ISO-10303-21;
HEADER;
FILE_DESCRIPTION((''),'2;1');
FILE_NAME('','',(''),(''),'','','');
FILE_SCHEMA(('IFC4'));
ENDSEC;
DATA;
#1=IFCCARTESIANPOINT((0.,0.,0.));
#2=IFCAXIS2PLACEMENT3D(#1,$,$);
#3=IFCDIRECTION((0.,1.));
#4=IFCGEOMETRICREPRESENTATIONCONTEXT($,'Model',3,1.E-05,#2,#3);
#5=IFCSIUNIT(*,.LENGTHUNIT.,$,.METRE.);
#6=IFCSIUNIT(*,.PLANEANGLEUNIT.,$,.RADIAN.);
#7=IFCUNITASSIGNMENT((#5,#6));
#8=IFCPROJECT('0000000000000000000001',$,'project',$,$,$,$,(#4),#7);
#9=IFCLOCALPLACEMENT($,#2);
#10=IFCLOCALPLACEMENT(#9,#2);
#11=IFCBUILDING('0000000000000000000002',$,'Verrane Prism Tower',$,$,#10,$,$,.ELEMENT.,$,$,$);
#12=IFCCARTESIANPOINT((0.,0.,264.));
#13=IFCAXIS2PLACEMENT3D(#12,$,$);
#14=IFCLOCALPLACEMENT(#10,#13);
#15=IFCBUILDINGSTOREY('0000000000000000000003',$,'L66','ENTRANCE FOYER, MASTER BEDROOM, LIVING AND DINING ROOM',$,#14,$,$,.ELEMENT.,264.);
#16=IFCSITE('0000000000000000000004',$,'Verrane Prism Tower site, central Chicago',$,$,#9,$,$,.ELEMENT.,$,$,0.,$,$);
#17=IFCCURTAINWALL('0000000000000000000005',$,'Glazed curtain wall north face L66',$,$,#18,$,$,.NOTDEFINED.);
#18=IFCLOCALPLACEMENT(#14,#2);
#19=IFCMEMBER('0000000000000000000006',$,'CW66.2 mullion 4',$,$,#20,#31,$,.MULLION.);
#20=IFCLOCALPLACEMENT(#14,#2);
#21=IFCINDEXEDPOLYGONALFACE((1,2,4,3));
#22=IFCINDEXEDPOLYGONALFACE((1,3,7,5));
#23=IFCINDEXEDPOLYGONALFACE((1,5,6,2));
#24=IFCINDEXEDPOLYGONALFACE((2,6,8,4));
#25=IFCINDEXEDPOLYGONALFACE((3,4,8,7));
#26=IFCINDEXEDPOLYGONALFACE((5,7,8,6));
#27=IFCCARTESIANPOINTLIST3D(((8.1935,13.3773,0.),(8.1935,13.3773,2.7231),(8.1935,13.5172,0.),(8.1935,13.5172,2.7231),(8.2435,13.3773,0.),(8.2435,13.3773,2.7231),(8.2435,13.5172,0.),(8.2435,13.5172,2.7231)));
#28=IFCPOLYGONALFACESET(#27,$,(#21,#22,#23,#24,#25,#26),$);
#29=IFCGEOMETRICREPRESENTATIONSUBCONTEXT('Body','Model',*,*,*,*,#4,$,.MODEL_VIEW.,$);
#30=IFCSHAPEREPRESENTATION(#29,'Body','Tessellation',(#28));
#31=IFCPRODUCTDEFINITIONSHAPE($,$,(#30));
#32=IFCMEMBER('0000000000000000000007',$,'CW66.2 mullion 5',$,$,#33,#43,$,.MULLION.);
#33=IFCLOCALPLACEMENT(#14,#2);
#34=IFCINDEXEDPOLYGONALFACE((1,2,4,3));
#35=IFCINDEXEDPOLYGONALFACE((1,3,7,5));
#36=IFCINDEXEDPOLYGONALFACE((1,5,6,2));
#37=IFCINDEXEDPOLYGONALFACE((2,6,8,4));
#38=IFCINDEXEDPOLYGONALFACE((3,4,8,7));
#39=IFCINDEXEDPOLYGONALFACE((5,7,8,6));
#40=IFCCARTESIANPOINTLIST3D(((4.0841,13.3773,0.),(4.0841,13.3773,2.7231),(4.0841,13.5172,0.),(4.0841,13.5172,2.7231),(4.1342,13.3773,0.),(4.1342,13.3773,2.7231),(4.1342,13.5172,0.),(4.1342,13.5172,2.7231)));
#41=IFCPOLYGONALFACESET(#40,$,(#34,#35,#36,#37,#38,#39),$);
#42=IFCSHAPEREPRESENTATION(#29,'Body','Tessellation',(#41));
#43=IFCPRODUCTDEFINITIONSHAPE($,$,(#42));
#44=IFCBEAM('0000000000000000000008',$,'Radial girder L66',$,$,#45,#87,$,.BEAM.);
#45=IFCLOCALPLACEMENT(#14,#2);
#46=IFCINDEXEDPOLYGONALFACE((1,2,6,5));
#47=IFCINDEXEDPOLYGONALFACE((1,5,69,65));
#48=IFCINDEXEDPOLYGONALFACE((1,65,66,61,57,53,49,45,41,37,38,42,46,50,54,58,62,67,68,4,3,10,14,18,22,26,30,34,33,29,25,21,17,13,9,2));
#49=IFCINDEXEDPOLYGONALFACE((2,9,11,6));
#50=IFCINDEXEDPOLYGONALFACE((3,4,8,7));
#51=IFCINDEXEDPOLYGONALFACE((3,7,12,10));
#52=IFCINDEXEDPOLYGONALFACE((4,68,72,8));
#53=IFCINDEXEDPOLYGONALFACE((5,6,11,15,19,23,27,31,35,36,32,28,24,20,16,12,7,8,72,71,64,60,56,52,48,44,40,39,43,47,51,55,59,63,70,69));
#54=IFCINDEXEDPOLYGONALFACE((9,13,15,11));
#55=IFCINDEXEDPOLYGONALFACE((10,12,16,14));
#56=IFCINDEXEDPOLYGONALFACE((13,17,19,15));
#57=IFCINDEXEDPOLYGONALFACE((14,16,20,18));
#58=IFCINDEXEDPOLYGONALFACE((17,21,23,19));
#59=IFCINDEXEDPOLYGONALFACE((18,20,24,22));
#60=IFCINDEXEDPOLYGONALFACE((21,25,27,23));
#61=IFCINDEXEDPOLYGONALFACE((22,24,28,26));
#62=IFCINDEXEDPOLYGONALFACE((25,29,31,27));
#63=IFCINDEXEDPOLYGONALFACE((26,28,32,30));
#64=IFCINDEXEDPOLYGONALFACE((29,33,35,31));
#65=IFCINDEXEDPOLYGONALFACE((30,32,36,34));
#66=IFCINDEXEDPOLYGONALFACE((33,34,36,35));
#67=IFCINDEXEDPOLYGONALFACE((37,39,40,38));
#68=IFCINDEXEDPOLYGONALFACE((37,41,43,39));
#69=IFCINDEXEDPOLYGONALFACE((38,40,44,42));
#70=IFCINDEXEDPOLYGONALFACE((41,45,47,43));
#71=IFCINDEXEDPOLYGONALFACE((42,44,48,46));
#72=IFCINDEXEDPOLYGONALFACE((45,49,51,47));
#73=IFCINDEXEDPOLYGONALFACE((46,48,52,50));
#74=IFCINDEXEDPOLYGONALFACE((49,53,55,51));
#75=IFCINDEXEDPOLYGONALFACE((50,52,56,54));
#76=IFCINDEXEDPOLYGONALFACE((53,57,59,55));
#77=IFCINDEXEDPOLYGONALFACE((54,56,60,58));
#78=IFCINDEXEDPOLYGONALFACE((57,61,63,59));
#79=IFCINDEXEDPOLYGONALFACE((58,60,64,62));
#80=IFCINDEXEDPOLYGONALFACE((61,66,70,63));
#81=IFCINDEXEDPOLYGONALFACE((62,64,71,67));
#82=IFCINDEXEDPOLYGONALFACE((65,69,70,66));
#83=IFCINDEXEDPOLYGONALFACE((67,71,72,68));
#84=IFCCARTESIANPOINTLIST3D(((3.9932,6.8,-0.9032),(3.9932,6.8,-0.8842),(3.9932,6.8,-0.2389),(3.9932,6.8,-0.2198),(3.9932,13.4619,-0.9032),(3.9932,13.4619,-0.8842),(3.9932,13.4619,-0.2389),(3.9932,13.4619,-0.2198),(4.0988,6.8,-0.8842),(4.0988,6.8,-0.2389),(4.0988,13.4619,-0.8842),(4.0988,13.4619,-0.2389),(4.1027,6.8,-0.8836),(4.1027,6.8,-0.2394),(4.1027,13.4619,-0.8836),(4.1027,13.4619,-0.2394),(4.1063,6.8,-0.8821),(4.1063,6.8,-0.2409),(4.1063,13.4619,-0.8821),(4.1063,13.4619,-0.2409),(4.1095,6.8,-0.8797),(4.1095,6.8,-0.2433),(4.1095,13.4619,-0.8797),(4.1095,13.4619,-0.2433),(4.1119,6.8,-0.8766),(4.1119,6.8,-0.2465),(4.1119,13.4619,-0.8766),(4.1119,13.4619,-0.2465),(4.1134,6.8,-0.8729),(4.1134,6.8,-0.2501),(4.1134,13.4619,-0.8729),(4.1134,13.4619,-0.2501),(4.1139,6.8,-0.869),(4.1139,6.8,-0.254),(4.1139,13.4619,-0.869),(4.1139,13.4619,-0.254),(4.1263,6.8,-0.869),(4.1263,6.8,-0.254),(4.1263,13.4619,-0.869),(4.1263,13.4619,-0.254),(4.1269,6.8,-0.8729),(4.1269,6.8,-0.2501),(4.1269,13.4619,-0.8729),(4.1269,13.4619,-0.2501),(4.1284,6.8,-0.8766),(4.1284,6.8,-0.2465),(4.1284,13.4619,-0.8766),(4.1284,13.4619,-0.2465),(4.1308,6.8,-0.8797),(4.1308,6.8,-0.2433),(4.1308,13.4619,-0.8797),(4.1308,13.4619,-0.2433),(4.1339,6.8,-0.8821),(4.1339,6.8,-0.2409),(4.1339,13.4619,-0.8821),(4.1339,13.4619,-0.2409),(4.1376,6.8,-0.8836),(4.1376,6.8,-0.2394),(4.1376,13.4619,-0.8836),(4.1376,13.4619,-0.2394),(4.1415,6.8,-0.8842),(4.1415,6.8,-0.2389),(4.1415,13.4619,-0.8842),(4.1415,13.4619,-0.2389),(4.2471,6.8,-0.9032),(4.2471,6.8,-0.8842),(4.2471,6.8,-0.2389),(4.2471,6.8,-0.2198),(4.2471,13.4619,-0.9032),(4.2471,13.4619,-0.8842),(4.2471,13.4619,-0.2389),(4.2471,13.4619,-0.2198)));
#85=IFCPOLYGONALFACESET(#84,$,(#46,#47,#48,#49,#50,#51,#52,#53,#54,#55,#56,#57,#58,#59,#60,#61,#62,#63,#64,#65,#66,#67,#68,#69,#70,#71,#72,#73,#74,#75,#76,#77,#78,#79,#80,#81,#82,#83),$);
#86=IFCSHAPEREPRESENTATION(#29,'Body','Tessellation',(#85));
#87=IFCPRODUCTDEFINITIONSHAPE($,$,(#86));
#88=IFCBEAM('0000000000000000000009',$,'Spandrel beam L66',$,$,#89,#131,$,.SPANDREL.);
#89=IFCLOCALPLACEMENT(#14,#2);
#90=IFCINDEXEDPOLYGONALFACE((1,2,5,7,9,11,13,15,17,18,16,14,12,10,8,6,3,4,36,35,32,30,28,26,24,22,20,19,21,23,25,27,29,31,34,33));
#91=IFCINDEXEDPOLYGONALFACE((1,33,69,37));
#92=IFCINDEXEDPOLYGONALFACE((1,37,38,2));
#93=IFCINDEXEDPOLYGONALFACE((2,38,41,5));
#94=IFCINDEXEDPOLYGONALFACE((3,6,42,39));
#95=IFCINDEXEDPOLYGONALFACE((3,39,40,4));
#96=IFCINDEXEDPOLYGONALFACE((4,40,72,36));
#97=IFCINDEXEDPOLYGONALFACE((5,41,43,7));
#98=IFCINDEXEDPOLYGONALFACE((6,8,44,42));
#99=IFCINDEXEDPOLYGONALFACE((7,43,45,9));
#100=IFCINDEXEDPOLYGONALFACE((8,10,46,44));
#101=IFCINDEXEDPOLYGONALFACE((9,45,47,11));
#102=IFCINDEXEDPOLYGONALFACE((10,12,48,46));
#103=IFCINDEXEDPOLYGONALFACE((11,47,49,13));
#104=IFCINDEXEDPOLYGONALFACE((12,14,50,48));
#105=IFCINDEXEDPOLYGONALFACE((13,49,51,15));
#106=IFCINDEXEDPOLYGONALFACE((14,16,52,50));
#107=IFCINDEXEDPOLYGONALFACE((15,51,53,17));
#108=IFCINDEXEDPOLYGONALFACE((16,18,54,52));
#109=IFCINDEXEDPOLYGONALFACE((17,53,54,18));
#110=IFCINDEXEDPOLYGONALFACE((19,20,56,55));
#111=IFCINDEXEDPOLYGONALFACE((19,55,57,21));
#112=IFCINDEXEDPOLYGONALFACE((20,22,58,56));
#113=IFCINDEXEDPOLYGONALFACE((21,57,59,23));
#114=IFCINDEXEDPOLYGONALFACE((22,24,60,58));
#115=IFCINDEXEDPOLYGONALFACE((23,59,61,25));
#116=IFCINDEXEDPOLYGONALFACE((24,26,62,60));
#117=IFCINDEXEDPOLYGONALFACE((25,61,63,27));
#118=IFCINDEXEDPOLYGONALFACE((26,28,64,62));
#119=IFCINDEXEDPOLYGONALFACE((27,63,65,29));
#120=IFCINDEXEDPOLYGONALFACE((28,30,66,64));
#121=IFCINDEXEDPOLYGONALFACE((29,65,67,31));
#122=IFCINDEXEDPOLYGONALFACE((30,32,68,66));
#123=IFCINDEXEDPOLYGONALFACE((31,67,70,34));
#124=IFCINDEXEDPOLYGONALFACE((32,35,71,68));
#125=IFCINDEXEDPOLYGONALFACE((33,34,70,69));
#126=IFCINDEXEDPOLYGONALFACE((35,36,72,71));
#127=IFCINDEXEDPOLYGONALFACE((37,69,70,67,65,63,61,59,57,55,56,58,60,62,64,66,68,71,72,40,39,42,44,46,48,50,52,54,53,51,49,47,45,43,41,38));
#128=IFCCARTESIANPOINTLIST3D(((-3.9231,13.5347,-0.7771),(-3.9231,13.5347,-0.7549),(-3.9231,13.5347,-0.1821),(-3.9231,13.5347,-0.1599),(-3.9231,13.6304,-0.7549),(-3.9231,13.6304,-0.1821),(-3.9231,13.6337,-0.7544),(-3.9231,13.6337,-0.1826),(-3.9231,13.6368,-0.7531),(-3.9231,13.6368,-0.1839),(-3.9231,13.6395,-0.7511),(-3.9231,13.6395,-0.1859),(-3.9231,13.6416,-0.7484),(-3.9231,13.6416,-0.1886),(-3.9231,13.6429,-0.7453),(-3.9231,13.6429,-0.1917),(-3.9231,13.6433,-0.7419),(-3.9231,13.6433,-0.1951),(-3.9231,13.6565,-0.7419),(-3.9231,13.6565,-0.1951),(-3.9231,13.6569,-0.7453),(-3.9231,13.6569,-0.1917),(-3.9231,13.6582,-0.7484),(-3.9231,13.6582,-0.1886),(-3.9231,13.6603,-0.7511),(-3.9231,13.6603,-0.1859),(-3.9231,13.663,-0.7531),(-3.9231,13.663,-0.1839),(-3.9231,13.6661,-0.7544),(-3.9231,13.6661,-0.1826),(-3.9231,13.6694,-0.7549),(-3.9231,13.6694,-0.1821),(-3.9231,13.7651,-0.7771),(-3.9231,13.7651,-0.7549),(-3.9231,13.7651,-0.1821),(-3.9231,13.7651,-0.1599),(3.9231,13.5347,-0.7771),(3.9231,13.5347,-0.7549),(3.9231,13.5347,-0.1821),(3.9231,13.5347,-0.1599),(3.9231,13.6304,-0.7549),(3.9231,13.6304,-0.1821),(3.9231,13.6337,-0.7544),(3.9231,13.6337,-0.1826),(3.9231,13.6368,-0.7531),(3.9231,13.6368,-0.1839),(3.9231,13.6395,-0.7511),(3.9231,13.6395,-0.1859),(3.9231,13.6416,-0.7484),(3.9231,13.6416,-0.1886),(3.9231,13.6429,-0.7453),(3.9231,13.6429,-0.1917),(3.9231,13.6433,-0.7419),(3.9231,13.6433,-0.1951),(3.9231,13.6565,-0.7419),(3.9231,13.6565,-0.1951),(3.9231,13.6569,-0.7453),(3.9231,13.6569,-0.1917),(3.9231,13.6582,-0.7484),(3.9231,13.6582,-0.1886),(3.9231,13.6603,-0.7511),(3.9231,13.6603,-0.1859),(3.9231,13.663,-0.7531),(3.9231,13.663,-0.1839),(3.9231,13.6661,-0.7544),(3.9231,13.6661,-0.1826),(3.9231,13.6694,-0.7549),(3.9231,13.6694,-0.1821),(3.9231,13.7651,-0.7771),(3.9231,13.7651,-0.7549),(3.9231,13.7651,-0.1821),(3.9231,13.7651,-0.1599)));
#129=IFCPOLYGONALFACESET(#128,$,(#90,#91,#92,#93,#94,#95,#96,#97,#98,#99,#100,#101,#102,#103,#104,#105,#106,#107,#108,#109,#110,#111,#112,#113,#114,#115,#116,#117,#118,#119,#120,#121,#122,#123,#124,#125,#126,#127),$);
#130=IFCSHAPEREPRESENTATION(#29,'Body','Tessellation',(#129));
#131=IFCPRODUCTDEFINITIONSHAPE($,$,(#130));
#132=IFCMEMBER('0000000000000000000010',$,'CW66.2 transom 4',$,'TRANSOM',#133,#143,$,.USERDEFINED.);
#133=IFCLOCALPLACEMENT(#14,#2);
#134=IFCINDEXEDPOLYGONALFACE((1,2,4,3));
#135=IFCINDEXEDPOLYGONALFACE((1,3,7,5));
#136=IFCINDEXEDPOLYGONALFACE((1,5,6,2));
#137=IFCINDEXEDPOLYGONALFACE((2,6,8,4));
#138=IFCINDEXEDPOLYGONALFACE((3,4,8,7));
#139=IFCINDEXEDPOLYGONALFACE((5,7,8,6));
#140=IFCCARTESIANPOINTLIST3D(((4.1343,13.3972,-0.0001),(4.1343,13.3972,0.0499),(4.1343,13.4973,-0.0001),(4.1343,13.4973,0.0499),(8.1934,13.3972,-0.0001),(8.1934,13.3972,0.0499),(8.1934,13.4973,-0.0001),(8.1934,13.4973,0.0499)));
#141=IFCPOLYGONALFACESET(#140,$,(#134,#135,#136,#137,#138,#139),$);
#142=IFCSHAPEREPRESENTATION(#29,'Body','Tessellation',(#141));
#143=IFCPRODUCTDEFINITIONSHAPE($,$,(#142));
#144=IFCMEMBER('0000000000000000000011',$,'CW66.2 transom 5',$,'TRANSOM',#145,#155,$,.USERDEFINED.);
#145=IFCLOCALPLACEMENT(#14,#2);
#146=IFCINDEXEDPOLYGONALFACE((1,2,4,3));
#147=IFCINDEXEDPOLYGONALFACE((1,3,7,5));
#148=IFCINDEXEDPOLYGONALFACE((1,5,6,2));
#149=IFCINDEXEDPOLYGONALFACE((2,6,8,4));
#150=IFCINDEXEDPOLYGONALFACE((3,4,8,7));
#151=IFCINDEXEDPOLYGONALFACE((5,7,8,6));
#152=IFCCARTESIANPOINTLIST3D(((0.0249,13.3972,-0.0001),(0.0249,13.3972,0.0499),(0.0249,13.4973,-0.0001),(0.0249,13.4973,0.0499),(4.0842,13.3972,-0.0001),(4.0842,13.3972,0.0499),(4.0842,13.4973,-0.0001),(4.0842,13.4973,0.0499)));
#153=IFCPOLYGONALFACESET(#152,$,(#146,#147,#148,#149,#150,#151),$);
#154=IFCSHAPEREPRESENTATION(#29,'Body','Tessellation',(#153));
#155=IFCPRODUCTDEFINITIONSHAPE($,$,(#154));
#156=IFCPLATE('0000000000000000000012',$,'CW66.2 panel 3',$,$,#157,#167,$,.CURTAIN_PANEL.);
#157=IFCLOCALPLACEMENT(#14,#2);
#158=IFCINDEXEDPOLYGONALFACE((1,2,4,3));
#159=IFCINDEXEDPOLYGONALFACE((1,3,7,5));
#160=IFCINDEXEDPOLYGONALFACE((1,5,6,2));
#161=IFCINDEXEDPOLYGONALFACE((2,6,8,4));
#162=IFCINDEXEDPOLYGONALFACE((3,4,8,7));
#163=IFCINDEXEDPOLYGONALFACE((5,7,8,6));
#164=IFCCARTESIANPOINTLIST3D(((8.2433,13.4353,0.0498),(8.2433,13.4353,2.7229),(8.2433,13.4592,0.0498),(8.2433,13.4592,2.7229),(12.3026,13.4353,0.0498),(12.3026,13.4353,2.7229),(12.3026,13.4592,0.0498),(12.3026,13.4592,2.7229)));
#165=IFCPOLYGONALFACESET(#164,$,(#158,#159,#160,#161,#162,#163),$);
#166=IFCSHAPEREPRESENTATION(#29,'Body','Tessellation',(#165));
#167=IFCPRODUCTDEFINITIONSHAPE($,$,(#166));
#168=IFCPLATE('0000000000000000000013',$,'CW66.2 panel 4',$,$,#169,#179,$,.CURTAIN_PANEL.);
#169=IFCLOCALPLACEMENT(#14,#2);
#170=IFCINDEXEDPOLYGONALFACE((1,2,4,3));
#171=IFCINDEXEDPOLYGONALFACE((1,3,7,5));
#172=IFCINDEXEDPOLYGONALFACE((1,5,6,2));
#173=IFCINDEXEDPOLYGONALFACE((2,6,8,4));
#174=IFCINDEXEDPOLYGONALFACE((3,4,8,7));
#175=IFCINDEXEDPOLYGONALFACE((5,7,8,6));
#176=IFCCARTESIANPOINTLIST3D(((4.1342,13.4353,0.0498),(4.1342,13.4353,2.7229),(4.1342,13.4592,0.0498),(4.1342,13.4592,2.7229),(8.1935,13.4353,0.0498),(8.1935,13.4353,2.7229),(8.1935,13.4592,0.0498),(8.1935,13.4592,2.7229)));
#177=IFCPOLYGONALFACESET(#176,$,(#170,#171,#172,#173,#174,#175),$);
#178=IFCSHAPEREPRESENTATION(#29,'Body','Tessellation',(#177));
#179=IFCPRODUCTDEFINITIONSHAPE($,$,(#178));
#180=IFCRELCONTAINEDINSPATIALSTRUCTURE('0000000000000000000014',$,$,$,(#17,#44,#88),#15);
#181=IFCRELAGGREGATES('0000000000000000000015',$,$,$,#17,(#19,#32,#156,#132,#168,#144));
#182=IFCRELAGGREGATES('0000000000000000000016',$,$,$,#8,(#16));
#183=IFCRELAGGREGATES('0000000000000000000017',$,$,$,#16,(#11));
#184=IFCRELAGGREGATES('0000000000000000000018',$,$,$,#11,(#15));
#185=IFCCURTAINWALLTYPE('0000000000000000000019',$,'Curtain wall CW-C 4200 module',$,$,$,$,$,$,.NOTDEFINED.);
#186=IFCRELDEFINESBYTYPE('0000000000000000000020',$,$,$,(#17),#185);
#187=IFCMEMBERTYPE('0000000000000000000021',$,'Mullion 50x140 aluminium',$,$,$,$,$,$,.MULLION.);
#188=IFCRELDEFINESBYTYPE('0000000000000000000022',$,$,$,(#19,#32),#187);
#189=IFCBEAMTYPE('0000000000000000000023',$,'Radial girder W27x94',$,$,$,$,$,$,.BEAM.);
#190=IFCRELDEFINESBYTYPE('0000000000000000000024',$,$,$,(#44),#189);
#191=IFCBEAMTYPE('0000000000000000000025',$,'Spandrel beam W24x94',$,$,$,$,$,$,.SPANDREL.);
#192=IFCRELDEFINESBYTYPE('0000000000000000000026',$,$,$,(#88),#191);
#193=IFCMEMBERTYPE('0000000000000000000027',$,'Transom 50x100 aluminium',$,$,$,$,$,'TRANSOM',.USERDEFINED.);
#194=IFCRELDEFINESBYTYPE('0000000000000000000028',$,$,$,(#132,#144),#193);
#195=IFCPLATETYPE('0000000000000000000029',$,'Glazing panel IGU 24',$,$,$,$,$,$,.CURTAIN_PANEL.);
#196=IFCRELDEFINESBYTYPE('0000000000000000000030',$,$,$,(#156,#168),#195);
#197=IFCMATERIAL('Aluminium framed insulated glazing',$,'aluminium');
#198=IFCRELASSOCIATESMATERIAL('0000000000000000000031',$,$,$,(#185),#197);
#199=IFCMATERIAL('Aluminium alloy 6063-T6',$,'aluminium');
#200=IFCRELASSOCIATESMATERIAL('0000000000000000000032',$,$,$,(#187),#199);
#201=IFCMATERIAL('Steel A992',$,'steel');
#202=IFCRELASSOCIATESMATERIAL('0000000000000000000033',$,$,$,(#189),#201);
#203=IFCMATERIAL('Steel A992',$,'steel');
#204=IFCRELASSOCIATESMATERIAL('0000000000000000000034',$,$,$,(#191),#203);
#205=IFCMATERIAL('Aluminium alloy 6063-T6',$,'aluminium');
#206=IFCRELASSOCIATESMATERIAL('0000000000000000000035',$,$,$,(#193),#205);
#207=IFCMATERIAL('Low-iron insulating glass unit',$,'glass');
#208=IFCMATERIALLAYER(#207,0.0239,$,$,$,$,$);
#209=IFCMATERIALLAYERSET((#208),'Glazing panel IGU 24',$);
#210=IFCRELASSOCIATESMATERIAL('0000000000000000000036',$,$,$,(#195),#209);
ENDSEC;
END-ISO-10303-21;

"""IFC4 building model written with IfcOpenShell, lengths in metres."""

from ifc_helpers import new_model, si_unit, direction, frame, origin, origin_2d, place, context, subcontext, project, spatial, rectangle, i_section, extrude, material, layer, layer_set, material_profile, profile_set, type_object, element, aggregate, save


model = new_model("IFC4")

# Units and contexts
model_context = context("Model", 3, precision=1e-05, world=origin(), true_north=direction((0.0, 1.0)))
body_context = subcontext(model_context, "Body", "Model", "MODEL_VIEW")
ifc_project = project(units=[si_unit("LENGTHUNIT", "METRE"), si_unit("PLANEANGLEUNIT", "RADIAN")], contexts=[model_context])

# Site, building, storey
site_placement = place(None, origin())
site = spatial("IfcSite", under=ifc_project, at=site_placement, Name="Verrane Prism Tower site, central Chicago", CompositionType="ELEMENT", RefElevation=0.0)
building_placement = place(site_placement, origin())
building = spatial("IfcBuilding", under=site, at=building_placement, Name="Verrane Prism Tower", CompositionType="ELEMENT")
storey_placement = place(building_placement, frame((0.0, 0.0, 264.0)))
storey = spatial("IfcBuildingStorey", under=building, at=storey_placement, Name="L66", Description="ENTRANCE FOYER, MASTER BEDROOM, LIVING AND DINING ROOM", CompositionType="ELEMENT", Elevation=264.0)

# Curtain wall, members
ifc_material_1 = material(Name="Aluminium framed insulated glazing", Category="aluminium")
curtain_wall_type = type_object("IfcCurtainWallType", Name="Curtain wall CW-C 4200 module", PredefinedType="NOTDEFINED", material=ifc_material_1)
curtain_wall_placement = place(storey_placement, origin())
curtain_wall = element("IfcCurtainWall", 1, at=curtain_wall_placement, inside=storey, type_object=curtain_wall_type, Name="Glazed curtain wall north face L66", PredefinedType="NOTDEFINED")
ifc_material_2 = material(Name="Aluminium alloy 6063-T6", Category="aluminium")
ifc_material_profile_1 = material_profile(ifc_material_2, rectangle(XDim=0.1399, YDim=0.05, at=origin_2d()), Name="Mullion 50x140 aluminium")
ifc_profile_set_1 = profile_set([ifc_material_profile_1], Name="Aluminium alloy 6063-T6")
member_type_1 = type_object("IfcMemberType", Name="Mullion 50x140 aluminium", PredefinedType="MULLION", material=ifc_profile_set_1)
member_1_placement = place(storey_placement, frame((8.2185, 13.4473, 0.0), z_axis=(0.0, 0.0, 1.0), x_axis=(0.0, -1.0, 0.0)))
member_1 = element("IfcMember", 2, at=member_1_placement, type_object=member_type_1, Name="CW66.2 mullion 4", PredefinedType="MULLION", context=body_context, shape_type="SweptSolid", body=[
    extrude(rectangle(XDim=0.1399, YDim=0.05, at=origin_2d()), origin(), (0.0, 0.0, 1.0), 2.7231),
])
member_2_placement = place(storey_placement, frame((4.1091, 13.4473, 0.0), z_axis=(0.0, 0.0, 1.0), x_axis=(0.0, -1.0, 0.0)))
member_2 = element("IfcMember", 3, at=member_2_placement, type_object=member_type_1, Name="CW66.2 mullion 5", PredefinedType="MULLION", context=body_context, shape_type="SweptSolid", body=[
    extrude(rectangle(XDim=0.1399, YDim=0.05, at=origin_2d()), origin(), (0.0, 0.0, 1.0), 2.7231),
])

# Beams
ifc_material_3 = material(Name="Steel A992", Category="steel")
ifc_material_profile_2 = material_profile(ifc_material_3, i_section(OverallWidth=0.2539, OverallDepth=0.6833, WebThickness=0.0125, FlangeThickness=0.019, FilletRadius=0.0151, at=origin_2d()), Name="W27x94")
ifc_profile_set_2 = profile_set([ifc_material_profile_2], Name="Steel A992")
beam_type_1 = type_object("IfcBeamType", Name="Radial girder W27x94", PredefinedType="BEAM", material=ifc_profile_set_2)
beam_1_placement = place(storey_placement, frame((4.1201, 13.4619, -0.5615), z_axis=(0.0, -1.0, 0.0), x_axis=(1.0, 0.0, 0.0)))
element("IfcBeam", 4, at=beam_1_placement, inside=storey, type_object=beam_type_1, Name="Radial girder L66", PredefinedType="BEAM", context=body_context, shape_type="SweptSolid", body=[
    extrude(i_section(OverallWidth=0.2539, OverallDepth=0.6833, WebThickness=0.0125, FlangeThickness=0.019, FilletRadius=0.0151, at=origin_2d()), origin(), (0.0, 0.0, 1.0), 6.6619),
])
ifc_material_4 = material(Name="Steel A992", Category="steel")
ifc_material_profile_3 = material_profile(ifc_material_4, i_section(OverallWidth=0.2305, OverallDepth=0.6172, WebThickness=0.0132, FlangeThickness=0.0222, FilletRadius=0.0129, at=origin_2d()), Name="W24x94")
ifc_profile_set_3 = profile_set([ifc_material_profile_3], Name="Steel A992")
beam_type_2 = type_object("IfcBeamType", Name="Spandrel beam W24x94", PredefinedType="SPANDREL", material=ifc_profile_set_3)
beam_2_placement = place(storey_placement, frame((3.9231, 13.6499, -0.4685), z_axis=(-1.0, 0.0, 0.0), x_axis=(0.0, -1.0, 0.0)))
element("IfcBeam", 5, at=beam_2_placement, inside=storey, type_object=beam_type_2, Name="Spandrel beam L66", PredefinedType="SPANDREL", context=body_context, shape_type="SweptSolid", body=[
    extrude(i_section(OverallWidth=0.2305, OverallDepth=0.6172, WebThickness=0.0132, FlangeThickness=0.0222, FilletRadius=0.0129, at=origin_2d()), origin(), (0.0, 0.0, 1.0), 7.8462),
])

# Members
ifc_material_5 = material(Name="Aluminium alloy 6063-T6", Category="aluminium")
ifc_material_profile_4 = material_profile(ifc_material_5, rectangle(XDim=0.1001, YDim=0.05, at=origin_2d()), Name="Transom 50x100 aluminium")
ifc_profile_set_4 = profile_set([ifc_material_profile_4], Name="Aluminium alloy 6063-T6")
member_type_2 = type_object("IfcMemberType", Name="Transom 50x100 aluminium", ElementType="TRANSOM", PredefinedType="USERDEFINED", material=ifc_profile_set_4)
member_3_placement = place(storey_placement, frame((8.1934, 13.4473, 0.0249), z_axis=(-1.0, 0.0, 0.0), x_axis=(0.0, -1.0, 0.0)))
member_3 = element("IfcMember", 6, at=member_3_placement, type_object=member_type_2, Name="CW66.2 transom 4", ObjectType="TRANSOM", PredefinedType="USERDEFINED", context=body_context, shape_type="SweptSolid", body=[
    extrude(rectangle(XDim=0.1001, YDim=0.05, at=origin_2d()), origin(), (0.0, 0.0, 1.0), 4.0591),
])
member_4_placement = place(storey_placement, frame((4.0842, 13.4473, 0.0249), z_axis=(-1.0, 0.0, 0.0), x_axis=(0.0, -1.0, 0.0)))
member_4 = element("IfcMember", 7, at=member_4_placement, type_object=member_type_2, Name="CW66.2 transom 5", ObjectType="TRANSOM", PredefinedType="USERDEFINED", context=body_context, shape_type="SweptSolid", body=[
    extrude(rectangle(XDim=0.1001, YDim=0.05, at=origin_2d()), origin(), (0.0, 0.0, 1.0), 4.0593),
])

# Plates
ifc_material_6 = material(Name="Low-iron insulating glass unit", Category="glass")
ifc_layer_1 = layer(ifc_material_6, 0.0239)
ifc_layer_set_1 = layer_set([ifc_layer_1], Name="Glazing panel IGU 24")
plate_type = type_object("IfcPlateType", Name="Glazing panel IGU 24", PredefinedType="CURTAIN_PANEL", material=ifc_layer_set_1)
plate_1_placement = place(storey_placement, frame((10.2729, 13.4473, 0.0498), z_axis=(0.0, 0.0, 1.0), x_axis=(-1.0, 0.0, 0.0)))
plate_1 = element("IfcPlate", 8, at=plate_1_placement, type_object=plate_type, Name="CW66.2 panel 3", PredefinedType="CURTAIN_PANEL", context=body_context, shape_type="SweptSolid", body=[
    extrude(rectangle(XDim=4.0593, YDim=0.0239, at=origin_2d()), origin(), (0.0, 0.0, 1.0), 2.6731),
])
plate_2_placement = place(storey_placement, frame((6.1638, 13.4473, 0.0498), z_axis=(0.0, 0.0, 1.0), x_axis=(-1.0, 0.0, 0.0)))
plate_2 = element("IfcPlate", 9, at=plate_2_placement, type_object=plate_type, Name="CW66.2 panel 4", PredefinedType="CURTAIN_PANEL", context=body_context, shape_type="SweptSolid", body=[
    extrude(rectangle(XDim=4.0593, YDim=0.0239, at=origin_2d()), origin(), (0.0, 0.0, 1.0), 2.6731),
])
aggregate(curtain_wall, [member_1, member_2, plate_1, member_3, plate_2, member_4])

save(model, "model.ifc")
